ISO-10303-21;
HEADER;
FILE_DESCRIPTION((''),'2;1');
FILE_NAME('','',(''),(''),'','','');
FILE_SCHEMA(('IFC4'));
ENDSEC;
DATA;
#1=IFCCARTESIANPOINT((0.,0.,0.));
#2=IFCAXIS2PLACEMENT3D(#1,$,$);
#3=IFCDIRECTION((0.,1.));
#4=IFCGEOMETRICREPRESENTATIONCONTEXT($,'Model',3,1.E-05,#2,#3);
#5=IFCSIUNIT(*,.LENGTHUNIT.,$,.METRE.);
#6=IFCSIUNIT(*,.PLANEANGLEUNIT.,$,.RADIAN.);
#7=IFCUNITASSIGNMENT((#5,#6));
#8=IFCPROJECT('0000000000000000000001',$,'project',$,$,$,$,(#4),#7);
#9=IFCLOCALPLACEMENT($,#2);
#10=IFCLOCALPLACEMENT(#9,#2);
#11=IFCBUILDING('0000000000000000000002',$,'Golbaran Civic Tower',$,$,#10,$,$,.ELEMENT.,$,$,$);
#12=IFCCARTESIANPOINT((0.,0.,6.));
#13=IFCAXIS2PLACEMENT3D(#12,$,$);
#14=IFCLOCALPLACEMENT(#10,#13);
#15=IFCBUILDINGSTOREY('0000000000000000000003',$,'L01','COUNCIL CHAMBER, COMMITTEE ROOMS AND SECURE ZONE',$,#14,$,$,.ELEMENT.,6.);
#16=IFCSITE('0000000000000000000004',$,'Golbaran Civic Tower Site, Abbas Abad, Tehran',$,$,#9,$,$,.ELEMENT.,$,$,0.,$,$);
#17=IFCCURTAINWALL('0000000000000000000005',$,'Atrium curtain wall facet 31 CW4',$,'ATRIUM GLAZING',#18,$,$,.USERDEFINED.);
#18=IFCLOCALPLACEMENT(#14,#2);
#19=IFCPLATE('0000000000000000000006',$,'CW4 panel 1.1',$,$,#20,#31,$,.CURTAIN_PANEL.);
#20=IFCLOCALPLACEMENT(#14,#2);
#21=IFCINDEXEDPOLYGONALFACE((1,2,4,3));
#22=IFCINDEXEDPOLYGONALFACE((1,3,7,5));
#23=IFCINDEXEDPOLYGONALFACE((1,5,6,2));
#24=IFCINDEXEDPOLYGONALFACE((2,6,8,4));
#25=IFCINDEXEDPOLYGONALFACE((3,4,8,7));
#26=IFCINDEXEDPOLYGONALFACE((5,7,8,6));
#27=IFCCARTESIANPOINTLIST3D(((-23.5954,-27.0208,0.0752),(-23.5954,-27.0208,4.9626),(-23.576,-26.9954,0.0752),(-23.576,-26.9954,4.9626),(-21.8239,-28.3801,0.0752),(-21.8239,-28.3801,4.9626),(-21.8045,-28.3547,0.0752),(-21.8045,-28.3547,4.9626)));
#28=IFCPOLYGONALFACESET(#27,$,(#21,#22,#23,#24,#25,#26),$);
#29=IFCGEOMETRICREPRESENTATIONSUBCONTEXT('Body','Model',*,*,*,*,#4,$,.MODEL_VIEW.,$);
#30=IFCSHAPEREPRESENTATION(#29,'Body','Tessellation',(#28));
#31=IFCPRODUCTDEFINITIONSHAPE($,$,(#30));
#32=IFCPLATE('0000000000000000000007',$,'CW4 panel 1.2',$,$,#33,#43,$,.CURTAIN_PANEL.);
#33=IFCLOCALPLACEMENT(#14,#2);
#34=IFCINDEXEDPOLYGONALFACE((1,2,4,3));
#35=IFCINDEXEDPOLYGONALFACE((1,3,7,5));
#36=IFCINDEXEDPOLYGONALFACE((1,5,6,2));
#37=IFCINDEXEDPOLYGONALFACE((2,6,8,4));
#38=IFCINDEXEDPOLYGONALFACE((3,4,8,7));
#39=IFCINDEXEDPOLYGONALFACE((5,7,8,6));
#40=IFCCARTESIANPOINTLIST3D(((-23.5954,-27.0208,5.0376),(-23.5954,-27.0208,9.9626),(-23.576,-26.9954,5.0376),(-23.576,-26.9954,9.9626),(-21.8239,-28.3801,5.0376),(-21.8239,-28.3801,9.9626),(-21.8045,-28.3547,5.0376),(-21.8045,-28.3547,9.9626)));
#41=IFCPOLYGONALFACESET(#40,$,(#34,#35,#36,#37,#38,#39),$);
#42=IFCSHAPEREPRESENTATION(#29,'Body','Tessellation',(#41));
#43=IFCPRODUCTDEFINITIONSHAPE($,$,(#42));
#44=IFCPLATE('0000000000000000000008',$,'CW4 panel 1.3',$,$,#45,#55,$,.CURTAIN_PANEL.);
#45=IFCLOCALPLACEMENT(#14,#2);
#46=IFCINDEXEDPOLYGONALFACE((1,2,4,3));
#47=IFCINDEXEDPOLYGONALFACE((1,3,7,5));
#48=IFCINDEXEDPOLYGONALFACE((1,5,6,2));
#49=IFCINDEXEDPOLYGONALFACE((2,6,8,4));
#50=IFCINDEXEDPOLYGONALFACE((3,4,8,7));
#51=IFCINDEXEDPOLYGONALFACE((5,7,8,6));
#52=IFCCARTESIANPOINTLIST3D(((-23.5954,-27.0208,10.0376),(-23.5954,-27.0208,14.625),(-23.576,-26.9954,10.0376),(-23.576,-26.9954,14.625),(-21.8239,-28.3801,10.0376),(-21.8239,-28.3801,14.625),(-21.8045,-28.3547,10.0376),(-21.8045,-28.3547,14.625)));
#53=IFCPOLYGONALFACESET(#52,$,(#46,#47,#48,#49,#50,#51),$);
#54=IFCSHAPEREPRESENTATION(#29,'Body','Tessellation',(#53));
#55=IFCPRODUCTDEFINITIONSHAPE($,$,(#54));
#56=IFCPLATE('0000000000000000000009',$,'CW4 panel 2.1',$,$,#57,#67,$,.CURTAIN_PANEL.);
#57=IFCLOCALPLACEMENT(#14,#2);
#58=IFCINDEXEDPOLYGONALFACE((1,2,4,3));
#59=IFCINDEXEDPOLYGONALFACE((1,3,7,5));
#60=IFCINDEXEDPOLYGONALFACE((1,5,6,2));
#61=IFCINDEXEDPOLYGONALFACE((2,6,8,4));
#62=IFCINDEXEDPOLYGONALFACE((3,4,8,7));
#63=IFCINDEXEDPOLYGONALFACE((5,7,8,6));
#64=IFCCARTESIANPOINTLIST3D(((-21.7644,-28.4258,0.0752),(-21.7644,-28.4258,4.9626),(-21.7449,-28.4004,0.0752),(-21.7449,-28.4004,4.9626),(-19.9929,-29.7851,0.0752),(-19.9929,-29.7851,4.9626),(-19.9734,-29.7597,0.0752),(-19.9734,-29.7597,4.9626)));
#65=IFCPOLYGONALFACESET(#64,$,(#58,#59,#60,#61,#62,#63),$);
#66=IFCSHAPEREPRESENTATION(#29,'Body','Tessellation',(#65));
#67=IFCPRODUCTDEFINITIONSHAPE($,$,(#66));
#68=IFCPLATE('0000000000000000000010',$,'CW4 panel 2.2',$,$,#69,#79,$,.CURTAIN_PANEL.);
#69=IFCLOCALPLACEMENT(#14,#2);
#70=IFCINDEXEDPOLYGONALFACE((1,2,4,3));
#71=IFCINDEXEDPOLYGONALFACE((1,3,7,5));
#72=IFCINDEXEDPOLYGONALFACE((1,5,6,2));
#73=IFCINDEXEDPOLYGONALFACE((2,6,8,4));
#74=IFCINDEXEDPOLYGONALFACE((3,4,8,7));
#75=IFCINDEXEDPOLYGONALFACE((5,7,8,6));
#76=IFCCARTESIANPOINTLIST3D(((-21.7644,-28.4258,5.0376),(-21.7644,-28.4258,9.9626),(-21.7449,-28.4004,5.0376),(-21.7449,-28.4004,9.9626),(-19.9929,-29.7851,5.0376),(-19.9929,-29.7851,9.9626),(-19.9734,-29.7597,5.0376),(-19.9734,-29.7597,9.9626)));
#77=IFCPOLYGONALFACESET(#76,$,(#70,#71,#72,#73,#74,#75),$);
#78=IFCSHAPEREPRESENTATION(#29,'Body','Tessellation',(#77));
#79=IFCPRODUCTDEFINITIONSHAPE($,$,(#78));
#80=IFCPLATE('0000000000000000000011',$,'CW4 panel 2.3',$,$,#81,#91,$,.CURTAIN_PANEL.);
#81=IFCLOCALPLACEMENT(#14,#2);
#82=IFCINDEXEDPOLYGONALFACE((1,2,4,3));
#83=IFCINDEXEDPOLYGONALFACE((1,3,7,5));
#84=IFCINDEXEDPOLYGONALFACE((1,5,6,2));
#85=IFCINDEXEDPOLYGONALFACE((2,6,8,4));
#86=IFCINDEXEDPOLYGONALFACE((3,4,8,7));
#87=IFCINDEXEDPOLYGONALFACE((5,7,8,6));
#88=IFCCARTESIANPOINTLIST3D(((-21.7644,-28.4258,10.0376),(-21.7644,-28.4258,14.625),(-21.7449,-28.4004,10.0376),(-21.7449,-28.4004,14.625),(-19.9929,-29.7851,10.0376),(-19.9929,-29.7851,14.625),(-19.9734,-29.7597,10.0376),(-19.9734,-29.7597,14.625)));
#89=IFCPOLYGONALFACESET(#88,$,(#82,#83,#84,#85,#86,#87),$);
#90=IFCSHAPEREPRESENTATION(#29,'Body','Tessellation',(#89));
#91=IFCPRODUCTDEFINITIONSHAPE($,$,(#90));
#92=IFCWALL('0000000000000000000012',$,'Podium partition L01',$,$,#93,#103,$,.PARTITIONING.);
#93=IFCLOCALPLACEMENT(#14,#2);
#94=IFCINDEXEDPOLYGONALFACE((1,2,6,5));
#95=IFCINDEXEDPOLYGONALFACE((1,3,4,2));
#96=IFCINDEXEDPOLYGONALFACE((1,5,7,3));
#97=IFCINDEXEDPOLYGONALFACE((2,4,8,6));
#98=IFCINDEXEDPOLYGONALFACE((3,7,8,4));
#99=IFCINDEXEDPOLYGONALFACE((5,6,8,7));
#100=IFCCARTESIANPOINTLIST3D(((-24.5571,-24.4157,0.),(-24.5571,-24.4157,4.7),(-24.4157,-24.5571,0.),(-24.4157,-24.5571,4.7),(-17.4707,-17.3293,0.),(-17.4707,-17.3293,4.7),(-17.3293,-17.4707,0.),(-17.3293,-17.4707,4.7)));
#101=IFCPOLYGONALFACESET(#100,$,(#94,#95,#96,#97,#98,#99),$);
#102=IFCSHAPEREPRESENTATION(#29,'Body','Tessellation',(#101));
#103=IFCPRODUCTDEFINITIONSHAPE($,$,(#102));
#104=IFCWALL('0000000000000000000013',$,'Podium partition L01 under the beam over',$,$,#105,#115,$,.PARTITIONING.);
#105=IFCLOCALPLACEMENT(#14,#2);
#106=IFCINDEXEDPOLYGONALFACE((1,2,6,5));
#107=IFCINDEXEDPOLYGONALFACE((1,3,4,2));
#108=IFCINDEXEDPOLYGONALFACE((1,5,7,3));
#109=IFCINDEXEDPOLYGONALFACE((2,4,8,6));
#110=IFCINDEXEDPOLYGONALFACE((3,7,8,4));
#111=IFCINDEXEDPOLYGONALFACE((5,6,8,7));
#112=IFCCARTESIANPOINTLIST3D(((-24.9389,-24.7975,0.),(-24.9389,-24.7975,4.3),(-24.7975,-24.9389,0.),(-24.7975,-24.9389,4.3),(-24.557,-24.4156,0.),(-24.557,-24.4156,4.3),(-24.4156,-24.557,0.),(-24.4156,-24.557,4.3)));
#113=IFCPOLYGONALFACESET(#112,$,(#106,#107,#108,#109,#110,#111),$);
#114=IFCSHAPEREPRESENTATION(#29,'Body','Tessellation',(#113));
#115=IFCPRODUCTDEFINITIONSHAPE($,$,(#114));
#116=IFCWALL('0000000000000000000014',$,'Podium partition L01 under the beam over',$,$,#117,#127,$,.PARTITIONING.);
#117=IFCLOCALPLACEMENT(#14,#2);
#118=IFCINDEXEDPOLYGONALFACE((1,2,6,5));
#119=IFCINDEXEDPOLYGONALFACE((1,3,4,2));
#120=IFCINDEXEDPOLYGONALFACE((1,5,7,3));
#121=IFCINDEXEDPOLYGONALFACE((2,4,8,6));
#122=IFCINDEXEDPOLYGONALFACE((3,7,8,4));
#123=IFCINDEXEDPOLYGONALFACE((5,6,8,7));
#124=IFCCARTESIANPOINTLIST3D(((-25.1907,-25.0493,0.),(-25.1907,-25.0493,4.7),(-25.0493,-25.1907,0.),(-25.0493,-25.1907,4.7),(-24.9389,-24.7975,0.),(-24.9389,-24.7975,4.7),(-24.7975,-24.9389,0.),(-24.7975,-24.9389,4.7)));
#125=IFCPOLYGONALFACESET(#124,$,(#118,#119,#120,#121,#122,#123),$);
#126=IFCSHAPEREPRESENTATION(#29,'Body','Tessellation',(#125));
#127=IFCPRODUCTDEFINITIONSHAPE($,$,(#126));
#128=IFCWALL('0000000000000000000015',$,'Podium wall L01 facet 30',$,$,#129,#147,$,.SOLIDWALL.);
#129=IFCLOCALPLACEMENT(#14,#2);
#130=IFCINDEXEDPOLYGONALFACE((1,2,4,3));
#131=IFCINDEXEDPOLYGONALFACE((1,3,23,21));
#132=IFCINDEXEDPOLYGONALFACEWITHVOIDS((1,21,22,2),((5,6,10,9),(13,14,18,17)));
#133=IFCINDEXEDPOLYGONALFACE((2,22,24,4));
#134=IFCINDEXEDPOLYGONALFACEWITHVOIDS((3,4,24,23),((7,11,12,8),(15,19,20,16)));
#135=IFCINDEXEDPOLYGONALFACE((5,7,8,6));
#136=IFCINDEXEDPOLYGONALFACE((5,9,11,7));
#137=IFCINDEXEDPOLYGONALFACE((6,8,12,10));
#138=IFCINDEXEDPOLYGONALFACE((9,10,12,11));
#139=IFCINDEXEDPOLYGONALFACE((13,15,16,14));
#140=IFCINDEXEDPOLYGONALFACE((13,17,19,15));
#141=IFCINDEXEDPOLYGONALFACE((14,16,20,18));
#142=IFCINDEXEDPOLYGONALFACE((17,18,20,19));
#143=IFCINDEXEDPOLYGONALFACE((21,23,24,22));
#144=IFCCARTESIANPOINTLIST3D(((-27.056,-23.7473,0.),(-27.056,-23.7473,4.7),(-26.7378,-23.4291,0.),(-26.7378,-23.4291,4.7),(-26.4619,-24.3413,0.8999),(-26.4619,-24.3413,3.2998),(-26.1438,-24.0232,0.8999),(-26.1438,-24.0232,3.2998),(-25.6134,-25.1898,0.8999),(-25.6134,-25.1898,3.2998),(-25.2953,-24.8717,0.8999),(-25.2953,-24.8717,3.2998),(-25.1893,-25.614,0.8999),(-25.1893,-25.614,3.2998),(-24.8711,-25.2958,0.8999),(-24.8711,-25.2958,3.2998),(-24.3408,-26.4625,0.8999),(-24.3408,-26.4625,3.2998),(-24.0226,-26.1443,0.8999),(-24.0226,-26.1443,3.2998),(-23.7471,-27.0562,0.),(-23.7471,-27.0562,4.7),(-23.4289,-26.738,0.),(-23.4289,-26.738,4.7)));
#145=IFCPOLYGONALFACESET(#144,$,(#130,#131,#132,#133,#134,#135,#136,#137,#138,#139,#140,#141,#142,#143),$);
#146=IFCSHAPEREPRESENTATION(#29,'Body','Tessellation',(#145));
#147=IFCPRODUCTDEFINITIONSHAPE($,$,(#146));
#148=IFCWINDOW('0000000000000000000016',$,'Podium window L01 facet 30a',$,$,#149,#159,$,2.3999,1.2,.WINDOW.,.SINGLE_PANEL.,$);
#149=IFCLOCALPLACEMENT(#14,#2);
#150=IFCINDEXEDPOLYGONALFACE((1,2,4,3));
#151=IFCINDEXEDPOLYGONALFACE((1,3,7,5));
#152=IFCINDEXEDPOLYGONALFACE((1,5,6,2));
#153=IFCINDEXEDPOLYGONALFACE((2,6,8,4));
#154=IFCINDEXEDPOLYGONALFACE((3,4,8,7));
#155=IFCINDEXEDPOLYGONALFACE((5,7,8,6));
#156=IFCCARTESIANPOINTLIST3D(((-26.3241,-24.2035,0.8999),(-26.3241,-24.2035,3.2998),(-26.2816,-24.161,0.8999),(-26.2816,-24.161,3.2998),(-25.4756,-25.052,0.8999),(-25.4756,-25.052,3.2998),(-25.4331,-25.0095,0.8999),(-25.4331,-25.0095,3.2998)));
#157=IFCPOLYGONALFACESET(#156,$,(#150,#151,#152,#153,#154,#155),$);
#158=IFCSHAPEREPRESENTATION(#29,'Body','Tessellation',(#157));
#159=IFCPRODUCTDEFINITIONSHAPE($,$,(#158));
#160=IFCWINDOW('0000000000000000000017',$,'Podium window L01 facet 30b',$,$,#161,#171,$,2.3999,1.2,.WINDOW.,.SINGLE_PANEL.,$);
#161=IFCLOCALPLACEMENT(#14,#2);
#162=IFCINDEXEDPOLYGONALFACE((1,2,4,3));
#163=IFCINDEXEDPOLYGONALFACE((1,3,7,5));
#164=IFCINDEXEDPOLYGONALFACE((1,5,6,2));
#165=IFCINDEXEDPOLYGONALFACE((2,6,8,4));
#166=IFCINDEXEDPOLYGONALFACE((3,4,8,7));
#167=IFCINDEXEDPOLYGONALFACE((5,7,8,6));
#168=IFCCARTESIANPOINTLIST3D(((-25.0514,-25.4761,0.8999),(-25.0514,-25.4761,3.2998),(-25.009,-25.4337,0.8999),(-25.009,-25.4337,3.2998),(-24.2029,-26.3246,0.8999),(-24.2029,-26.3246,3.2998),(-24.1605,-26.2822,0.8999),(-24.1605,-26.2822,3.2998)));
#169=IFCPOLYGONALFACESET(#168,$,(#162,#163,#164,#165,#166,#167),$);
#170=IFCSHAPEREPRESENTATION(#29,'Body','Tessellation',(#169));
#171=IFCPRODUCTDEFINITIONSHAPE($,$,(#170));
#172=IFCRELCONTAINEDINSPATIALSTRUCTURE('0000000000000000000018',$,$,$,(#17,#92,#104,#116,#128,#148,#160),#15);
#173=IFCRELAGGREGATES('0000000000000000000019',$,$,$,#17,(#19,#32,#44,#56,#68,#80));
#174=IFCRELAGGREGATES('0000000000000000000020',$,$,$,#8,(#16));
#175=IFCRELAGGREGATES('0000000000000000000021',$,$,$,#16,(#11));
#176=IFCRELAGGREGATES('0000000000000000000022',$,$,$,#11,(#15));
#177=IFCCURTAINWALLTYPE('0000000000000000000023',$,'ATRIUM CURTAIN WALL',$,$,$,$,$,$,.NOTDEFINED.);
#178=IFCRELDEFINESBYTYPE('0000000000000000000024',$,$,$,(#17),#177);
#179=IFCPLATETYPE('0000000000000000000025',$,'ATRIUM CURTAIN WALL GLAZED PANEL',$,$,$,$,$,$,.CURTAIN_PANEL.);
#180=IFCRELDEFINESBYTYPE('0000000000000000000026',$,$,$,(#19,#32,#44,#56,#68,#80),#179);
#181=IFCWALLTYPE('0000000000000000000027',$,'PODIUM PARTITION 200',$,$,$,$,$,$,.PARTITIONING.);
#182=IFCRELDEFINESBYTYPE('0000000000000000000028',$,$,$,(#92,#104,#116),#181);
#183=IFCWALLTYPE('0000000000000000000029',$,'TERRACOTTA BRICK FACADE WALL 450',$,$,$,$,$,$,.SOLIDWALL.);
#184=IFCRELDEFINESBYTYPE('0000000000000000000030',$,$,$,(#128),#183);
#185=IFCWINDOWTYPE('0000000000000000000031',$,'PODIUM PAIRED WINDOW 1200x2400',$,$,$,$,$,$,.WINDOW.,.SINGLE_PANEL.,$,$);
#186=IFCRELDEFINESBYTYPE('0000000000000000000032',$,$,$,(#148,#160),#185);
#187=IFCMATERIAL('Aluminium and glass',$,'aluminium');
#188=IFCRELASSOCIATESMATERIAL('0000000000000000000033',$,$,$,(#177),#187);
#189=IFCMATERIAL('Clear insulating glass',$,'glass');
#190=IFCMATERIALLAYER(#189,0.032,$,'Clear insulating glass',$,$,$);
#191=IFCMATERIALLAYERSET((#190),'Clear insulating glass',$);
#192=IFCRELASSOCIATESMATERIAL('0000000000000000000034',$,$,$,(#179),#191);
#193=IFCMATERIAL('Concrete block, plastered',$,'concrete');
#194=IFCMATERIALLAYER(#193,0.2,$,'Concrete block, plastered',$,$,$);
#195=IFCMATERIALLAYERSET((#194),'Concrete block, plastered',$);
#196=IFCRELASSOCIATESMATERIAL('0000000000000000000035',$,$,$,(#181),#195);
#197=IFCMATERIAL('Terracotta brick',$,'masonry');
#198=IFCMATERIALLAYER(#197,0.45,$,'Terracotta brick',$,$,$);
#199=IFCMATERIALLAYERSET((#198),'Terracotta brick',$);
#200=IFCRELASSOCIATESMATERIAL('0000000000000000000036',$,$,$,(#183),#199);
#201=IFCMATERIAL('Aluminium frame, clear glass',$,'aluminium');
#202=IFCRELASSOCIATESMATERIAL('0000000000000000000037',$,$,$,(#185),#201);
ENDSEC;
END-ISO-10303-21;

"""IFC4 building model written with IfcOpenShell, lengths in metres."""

from ifc_helpers import new_model, si_unit, direction, frame, frame_2d, origin, origin_2d, place, context, subcontext, project, spatial, rectangle, extrude, material, layer, layer_set, type_object, element, fill, aggregate, save


model = new_model("IFC4")

# Units and contexts
model_context = context("Model", 3, precision=1e-05, world=origin(), true_north=direction((0.0, 1.0)))
body_context = subcontext(model_context, "Body", "Model", "MODEL_VIEW")
ifc_project = project(units=[si_unit("LENGTHUNIT", "METRE"), si_unit("PLANEANGLEUNIT", "RADIAN")], contexts=[model_context])

# Site, building, storey
site_placement = place(None, origin())
site = spatial("IfcSite", under=ifc_project, at=site_placement, Name="Golbaran Civic Tower Site, Abbas Abad, Tehran", CompositionType="ELEMENT", RefElevation=0.0)
building_placement = place(site_placement, origin())
building = spatial("IfcBuilding", under=site, at=building_placement, Name="Golbaran Civic Tower", CompositionType="ELEMENT")
storey_placement = place(building_placement, frame((0.0, 0.0, 6.0)))
storey = spatial("IfcBuildingStorey", under=building, at=storey_placement, Name="L01", Description="COUNCIL CHAMBER, COMMITTEE ROOMS AND SECURE ZONE", CompositionType="ELEMENT", Elevation=6.0)

# Curtain wall
ifc_material_1 = material(Name="Aluminium and glass", Category="aluminium")
curtain_wall_type = type_object("IfcCurtainWallType", Name="ATRIUM CURTAIN WALL", PredefinedType="NOTDEFINED", material=ifc_material_1)
curtain_wall_1_placement = place(storey_placement, origin())
curtain_wall_1 = element("IfcCurtainWall", 1, at=curtain_wall_1_placement, inside=storey, type_object=curtain_wall_type, Name="Atrium curtain wall facet 31 CW4", ObjectType="ATRIUM GLAZING", PredefinedType="USERDEFINED")

# Plates
ifc_material_2 = material(Name="Clear insulating glass", Category="glass")
ifc_layer_1 = layer(ifc_material_2, 0.032, Name="Clear insulating glass")
ifc_layer_set_1 = layer_set([ifc_layer_1], Name="Clear insulating glass")
plate_type = type_object("IfcPlateType", Name="ATRIUM CURTAIN WALL GLAZED PANEL", PredefinedType="CURTAIN_PANEL", material=ifc_layer_set_1)
plate_1_placement = place(storey_placement, frame((-22.7, -27.6877, 0.0752), z_axis=(0.0, 0.0, 1.0), x_axis=(0.793353, -0.608761, 0.0)))
plate_1 = element("IfcPlate", 2, at=plate_1_placement, type_object=plate_type, Name="CW4 panel 1.1", PredefinedType="CURTAIN_PANEL", context=body_context, shape_type="SweptSolid", body=[
    extrude(rectangle(XDim=2.2329, YDim=0.032, at=origin_2d()), origin(), (0.0, 0.0, 1.0), 4.8875),
])
plate_2_placement = place(storey_placement, frame((-22.7, -27.6877, 5.0376), z_axis=(0.0, 0.0, 1.0), x_axis=(0.793353, -0.608761, 0.0)))
plate_2 = element("IfcPlate", 3, at=plate_2_placement, type_object=plate_type, Name="CW4 panel 1.2", PredefinedType="CURTAIN_PANEL", context=body_context, shape_type="SweptSolid", body=[
    extrude(rectangle(XDim=2.2329, YDim=0.032, at=origin_2d()), origin(), (0.0, 0.0, 1.0), 4.925),
])
plate_3_placement = place(storey_placement, frame((-22.7, -27.6877, 10.0376), z_axis=(0.0, 0.0, 1.0), x_axis=(0.793353, -0.608761, 0.0)))
plate_3 = element("IfcPlate", 4, at=plate_3_placement, type_object=plate_type, Name="CW4 panel 1.3", PredefinedType="CURTAIN_PANEL", context=body_context, shape_type="SweptSolid", body=[
    extrude(rectangle(XDim=2.2329, YDim=0.032, at=origin_2d()), origin(), (0.0, 0.0, 1.0), 4.5874),
])
plate_4_placement = place(storey_placement, frame((-20.8689, -29.0928, 0.0752), z_axis=(0.0, 0.0, 1.0), x_axis=(0.793353, -0.608761, 0.0)))
plate_4 = element("IfcPlate", 5, at=plate_4_placement, type_object=plate_type, Name="CW4 panel 2.1", PredefinedType="CURTAIN_PANEL", context=body_context, shape_type="SweptSolid", body=[
    extrude(rectangle(XDim=2.2329, YDim=0.032, at=origin_2d()), origin(), (0.0, 0.0, 1.0), 4.8875),
])
plate_5_placement = place(storey_placement, frame((-20.8689, -29.0928, 5.0376), z_axis=(0.0, 0.0, 1.0), x_axis=(0.793353, -0.608761, 0.0)))
plate_5 = element("IfcPlate", 6, at=plate_5_placement, type_object=plate_type, Name="CW4 panel 2.2", PredefinedType="CURTAIN_PANEL", context=body_context, shape_type="SweptSolid", body=[
    extrude(rectangle(XDim=2.2329, YDim=0.032, at=origin_2d()), origin(), (0.0, 0.0, 1.0), 4.925),
])
plate_6_placement = place(storey_placement, frame((-20.8689, -29.0928, 10.0376), z_axis=(0.0, 0.0, 1.0), x_axis=(0.793353, -0.608761, 0.0)))
plate_6 = element("IfcPlate", 7, at=plate_6_placement, type_object=plate_type, Name="CW4 panel 2.3", PredefinedType="CURTAIN_PANEL", context=body_context, shape_type="SweptSolid", body=[
    extrude(rectangle(XDim=2.2329, YDim=0.032, at=origin_2d()), origin(), (0.0, 0.0, 1.0), 4.5874),
])
aggregate(curtain_wall_1, [plate_1, plate_2, plate_3, plate_4, plate_5, plate_6])

# Walls
ifc_material_3 = material(Name="Concrete block, plastered", Category="concrete")
ifc_layer_2 = layer(ifc_material_3, 0.2, Name="Concrete block, plastered")
ifc_layer_set_2 = layer_set([ifc_layer_2], Name="Concrete block, plastered")
wall_type_1 = type_object("IfcWallType", Name="PODIUM PARTITION 200", PredefinedType="PARTITIONING", material=ifc_layer_set_2)
wall_1_placement = place(storey_placement, frame((-24.4863, -24.4863, 0.0), z_axis=(0.0, 0.0, 1.0), x_axis=(0.707107, 0.707107, 0.0)))
element("IfcWall", 8, at=wall_1_placement, inside=storey, type_object=wall_type_1, Name="Podium partition L01", PredefinedType="PARTITIONING", context=body_context, shape_type="SweptSolid", body=[
    extrude(rectangle(XDim=10.0217, YDim=0.2, at=frame_2d((5.0107, 0.0))), origin(), (0.0, 0.0, 1.0), 4.7),
])
wall_2_placement = place(storey_placement, frame((-24.8682, -24.8682, 0.0), z_axis=(0.0, 0.0, 1.0), x_axis=(0.707107, 0.707107, 0.0)))
element("IfcWall", 9, at=wall_2_placement, inside=storey, type_object=wall_type_1, Name="Podium partition L01 under the beam over", PredefinedType="PARTITIONING", context=body_context, shape_type="SweptSolid", body=[
    extrude(rectangle(XDim=0.54, YDim=0.2, at=frame_2d((0.27, 0.0))), origin(), (0.0, 0.0, 1.0), 4.3),
])
wall_3_placement = place(storey_placement, frame((-25.1201, -25.1201, 0.0), z_axis=(0.0, 0.0, 1.0), x_axis=(0.707107, 0.707107, 0.0)))
element("IfcWall", 10, at=wall_3_placement, inside=storey, type_object=wall_type_1, Name="Podium partition L01 under the beam over", PredefinedType="PARTITIONING", context=body_context, shape_type="SweptSolid", body=[
    extrude(rectangle(XDim=0.3562, YDim=0.2, at=frame_2d((0.1782, 0.0))), origin(), (0.0, 0.0, 1.0), 4.7),
])

# Wall, openings, windows
ifc_material_4 = material(Name="Terracotta brick", Category="masonry")
ifc_layer_3 = layer(ifc_material_4, 0.45, Name="Terracotta brick")
ifc_layer_set_3 = layer_set([ifc_layer_3], Name="Terracotta brick")
wall_type_2 = type_object("IfcWallType", Name="TERRACOTTA BRICK FACADE WALL 450", PredefinedType="SOLIDWALL", material=ifc_layer_set_3)
wall_4_placement = place(storey_placement, frame((-26.897, -23.5881, 0.0), z_axis=(0.0, 0.0, 1.0), x_axis=(0.707107, -0.707107, 0.0)))
wall_4 = element("IfcWall", 11, at=wall_4_placement, inside=storey, type_object=wall_type_2, Name="Podium wall L01 facet 30", PredefinedType="SOLIDWALL", context=body_context, shape_type="SweptSolid", body=[
    extrude(rectangle(XDim=4.6794, YDim=0.45, at=frame_2d((2.3398, 0.0))), origin(), (0.0, 0.0, 1.0), 4.7),
])
opening_1_placement = place(wall_4_placement, frame((0.8401, 0.0, 0.8999)))
opening_1 = element("IfcOpeningElement", 12, at=opening_1_placement, cuts=wall_4, PredefinedType="OPENING", context=body_context, shape_type="SweptSolid", body=[
    extrude(rectangle(XDim=1.2, YDim=2.3999, at=frame_2d((0.6001, 1.2))), frame((0.0, 0.2349, 0.0), z_axis=(0.0, -1.0, 0.0), x_axis=(1.0, 0.0, 0.0)), (0.0, 0.0, 1.0), 0.47),
])
opening_2_placement = place(wall_4_placement, frame((2.6399, 0.0, 0.8999)))
opening_2 = element("IfcOpeningElement", 13, at=opening_2_placement, cuts=wall_4, PredefinedType="OPENING", context=body_context, shape_type="SweptSolid", body=[
    extrude(rectangle(XDim=1.2, YDim=2.3999, at=frame_2d((0.6001, 1.2))), frame((0.0, 0.2349, 0.0), z_axis=(0.0, -1.0, 0.0), x_axis=(1.0, 0.0, 0.0)), (0.0, 0.0, 1.0), 0.47),
])
ifc_material_5 = material(Name="Aluminium frame, clear glass", Category="aluminium")
window_type = type_object("IfcWindowType", Name="PODIUM PAIRED WINDOW 1200x2400", PartitioningType="SINGLE_PANEL", PredefinedType="WINDOW", material=ifc_material_5)
window_1_placement = place(opening_1_placement, origin())
window_1 = element("IfcWindow", 14, at=window_1_placement, inside=storey, type_object=window_type, Name="Podium window L01 facet 30a", OverallHeight=2.3999, OverallWidth=1.2, PartitioningType="SINGLE_PANEL", PredefinedType="WINDOW", context=body_context, shape_type="SweptSolid", body=[
    extrude(rectangle(XDim=1.2, YDim=2.3999, at=frame_2d((0.6001, 1.2))), frame((0.0, 0.03, 0.0), z_axis=(0.0, -1.0, 0.0), x_axis=(1.0, 0.0, 0.0)), (0.0, 0.0, 1.0), 0.0601),
])
fill(opening_1, window_1)
window_2_placement = place(opening_2_placement, origin())
window_2 = element("IfcWindow", 15, at=window_2_placement, inside=storey, type_object=window_type, Name="Podium window L01 facet 30b", OverallHeight=2.3999, OverallWidth=1.2, PartitioningType="SINGLE_PANEL", PredefinedType="WINDOW", context=body_context, shape_type="SweptSolid", body=[
    extrude(rectangle(XDim=1.2, YDim=2.3999, at=frame_2d((0.6001, 1.2))), frame((0.0, 0.03, 0.0), z_axis=(0.0, -1.0, 0.0), x_axis=(1.0, 0.0, 0.0)), (0.0, 0.0, 1.0), 0.0601),
])
fill(opening_2, window_2)

save(model, "model.ifc")
